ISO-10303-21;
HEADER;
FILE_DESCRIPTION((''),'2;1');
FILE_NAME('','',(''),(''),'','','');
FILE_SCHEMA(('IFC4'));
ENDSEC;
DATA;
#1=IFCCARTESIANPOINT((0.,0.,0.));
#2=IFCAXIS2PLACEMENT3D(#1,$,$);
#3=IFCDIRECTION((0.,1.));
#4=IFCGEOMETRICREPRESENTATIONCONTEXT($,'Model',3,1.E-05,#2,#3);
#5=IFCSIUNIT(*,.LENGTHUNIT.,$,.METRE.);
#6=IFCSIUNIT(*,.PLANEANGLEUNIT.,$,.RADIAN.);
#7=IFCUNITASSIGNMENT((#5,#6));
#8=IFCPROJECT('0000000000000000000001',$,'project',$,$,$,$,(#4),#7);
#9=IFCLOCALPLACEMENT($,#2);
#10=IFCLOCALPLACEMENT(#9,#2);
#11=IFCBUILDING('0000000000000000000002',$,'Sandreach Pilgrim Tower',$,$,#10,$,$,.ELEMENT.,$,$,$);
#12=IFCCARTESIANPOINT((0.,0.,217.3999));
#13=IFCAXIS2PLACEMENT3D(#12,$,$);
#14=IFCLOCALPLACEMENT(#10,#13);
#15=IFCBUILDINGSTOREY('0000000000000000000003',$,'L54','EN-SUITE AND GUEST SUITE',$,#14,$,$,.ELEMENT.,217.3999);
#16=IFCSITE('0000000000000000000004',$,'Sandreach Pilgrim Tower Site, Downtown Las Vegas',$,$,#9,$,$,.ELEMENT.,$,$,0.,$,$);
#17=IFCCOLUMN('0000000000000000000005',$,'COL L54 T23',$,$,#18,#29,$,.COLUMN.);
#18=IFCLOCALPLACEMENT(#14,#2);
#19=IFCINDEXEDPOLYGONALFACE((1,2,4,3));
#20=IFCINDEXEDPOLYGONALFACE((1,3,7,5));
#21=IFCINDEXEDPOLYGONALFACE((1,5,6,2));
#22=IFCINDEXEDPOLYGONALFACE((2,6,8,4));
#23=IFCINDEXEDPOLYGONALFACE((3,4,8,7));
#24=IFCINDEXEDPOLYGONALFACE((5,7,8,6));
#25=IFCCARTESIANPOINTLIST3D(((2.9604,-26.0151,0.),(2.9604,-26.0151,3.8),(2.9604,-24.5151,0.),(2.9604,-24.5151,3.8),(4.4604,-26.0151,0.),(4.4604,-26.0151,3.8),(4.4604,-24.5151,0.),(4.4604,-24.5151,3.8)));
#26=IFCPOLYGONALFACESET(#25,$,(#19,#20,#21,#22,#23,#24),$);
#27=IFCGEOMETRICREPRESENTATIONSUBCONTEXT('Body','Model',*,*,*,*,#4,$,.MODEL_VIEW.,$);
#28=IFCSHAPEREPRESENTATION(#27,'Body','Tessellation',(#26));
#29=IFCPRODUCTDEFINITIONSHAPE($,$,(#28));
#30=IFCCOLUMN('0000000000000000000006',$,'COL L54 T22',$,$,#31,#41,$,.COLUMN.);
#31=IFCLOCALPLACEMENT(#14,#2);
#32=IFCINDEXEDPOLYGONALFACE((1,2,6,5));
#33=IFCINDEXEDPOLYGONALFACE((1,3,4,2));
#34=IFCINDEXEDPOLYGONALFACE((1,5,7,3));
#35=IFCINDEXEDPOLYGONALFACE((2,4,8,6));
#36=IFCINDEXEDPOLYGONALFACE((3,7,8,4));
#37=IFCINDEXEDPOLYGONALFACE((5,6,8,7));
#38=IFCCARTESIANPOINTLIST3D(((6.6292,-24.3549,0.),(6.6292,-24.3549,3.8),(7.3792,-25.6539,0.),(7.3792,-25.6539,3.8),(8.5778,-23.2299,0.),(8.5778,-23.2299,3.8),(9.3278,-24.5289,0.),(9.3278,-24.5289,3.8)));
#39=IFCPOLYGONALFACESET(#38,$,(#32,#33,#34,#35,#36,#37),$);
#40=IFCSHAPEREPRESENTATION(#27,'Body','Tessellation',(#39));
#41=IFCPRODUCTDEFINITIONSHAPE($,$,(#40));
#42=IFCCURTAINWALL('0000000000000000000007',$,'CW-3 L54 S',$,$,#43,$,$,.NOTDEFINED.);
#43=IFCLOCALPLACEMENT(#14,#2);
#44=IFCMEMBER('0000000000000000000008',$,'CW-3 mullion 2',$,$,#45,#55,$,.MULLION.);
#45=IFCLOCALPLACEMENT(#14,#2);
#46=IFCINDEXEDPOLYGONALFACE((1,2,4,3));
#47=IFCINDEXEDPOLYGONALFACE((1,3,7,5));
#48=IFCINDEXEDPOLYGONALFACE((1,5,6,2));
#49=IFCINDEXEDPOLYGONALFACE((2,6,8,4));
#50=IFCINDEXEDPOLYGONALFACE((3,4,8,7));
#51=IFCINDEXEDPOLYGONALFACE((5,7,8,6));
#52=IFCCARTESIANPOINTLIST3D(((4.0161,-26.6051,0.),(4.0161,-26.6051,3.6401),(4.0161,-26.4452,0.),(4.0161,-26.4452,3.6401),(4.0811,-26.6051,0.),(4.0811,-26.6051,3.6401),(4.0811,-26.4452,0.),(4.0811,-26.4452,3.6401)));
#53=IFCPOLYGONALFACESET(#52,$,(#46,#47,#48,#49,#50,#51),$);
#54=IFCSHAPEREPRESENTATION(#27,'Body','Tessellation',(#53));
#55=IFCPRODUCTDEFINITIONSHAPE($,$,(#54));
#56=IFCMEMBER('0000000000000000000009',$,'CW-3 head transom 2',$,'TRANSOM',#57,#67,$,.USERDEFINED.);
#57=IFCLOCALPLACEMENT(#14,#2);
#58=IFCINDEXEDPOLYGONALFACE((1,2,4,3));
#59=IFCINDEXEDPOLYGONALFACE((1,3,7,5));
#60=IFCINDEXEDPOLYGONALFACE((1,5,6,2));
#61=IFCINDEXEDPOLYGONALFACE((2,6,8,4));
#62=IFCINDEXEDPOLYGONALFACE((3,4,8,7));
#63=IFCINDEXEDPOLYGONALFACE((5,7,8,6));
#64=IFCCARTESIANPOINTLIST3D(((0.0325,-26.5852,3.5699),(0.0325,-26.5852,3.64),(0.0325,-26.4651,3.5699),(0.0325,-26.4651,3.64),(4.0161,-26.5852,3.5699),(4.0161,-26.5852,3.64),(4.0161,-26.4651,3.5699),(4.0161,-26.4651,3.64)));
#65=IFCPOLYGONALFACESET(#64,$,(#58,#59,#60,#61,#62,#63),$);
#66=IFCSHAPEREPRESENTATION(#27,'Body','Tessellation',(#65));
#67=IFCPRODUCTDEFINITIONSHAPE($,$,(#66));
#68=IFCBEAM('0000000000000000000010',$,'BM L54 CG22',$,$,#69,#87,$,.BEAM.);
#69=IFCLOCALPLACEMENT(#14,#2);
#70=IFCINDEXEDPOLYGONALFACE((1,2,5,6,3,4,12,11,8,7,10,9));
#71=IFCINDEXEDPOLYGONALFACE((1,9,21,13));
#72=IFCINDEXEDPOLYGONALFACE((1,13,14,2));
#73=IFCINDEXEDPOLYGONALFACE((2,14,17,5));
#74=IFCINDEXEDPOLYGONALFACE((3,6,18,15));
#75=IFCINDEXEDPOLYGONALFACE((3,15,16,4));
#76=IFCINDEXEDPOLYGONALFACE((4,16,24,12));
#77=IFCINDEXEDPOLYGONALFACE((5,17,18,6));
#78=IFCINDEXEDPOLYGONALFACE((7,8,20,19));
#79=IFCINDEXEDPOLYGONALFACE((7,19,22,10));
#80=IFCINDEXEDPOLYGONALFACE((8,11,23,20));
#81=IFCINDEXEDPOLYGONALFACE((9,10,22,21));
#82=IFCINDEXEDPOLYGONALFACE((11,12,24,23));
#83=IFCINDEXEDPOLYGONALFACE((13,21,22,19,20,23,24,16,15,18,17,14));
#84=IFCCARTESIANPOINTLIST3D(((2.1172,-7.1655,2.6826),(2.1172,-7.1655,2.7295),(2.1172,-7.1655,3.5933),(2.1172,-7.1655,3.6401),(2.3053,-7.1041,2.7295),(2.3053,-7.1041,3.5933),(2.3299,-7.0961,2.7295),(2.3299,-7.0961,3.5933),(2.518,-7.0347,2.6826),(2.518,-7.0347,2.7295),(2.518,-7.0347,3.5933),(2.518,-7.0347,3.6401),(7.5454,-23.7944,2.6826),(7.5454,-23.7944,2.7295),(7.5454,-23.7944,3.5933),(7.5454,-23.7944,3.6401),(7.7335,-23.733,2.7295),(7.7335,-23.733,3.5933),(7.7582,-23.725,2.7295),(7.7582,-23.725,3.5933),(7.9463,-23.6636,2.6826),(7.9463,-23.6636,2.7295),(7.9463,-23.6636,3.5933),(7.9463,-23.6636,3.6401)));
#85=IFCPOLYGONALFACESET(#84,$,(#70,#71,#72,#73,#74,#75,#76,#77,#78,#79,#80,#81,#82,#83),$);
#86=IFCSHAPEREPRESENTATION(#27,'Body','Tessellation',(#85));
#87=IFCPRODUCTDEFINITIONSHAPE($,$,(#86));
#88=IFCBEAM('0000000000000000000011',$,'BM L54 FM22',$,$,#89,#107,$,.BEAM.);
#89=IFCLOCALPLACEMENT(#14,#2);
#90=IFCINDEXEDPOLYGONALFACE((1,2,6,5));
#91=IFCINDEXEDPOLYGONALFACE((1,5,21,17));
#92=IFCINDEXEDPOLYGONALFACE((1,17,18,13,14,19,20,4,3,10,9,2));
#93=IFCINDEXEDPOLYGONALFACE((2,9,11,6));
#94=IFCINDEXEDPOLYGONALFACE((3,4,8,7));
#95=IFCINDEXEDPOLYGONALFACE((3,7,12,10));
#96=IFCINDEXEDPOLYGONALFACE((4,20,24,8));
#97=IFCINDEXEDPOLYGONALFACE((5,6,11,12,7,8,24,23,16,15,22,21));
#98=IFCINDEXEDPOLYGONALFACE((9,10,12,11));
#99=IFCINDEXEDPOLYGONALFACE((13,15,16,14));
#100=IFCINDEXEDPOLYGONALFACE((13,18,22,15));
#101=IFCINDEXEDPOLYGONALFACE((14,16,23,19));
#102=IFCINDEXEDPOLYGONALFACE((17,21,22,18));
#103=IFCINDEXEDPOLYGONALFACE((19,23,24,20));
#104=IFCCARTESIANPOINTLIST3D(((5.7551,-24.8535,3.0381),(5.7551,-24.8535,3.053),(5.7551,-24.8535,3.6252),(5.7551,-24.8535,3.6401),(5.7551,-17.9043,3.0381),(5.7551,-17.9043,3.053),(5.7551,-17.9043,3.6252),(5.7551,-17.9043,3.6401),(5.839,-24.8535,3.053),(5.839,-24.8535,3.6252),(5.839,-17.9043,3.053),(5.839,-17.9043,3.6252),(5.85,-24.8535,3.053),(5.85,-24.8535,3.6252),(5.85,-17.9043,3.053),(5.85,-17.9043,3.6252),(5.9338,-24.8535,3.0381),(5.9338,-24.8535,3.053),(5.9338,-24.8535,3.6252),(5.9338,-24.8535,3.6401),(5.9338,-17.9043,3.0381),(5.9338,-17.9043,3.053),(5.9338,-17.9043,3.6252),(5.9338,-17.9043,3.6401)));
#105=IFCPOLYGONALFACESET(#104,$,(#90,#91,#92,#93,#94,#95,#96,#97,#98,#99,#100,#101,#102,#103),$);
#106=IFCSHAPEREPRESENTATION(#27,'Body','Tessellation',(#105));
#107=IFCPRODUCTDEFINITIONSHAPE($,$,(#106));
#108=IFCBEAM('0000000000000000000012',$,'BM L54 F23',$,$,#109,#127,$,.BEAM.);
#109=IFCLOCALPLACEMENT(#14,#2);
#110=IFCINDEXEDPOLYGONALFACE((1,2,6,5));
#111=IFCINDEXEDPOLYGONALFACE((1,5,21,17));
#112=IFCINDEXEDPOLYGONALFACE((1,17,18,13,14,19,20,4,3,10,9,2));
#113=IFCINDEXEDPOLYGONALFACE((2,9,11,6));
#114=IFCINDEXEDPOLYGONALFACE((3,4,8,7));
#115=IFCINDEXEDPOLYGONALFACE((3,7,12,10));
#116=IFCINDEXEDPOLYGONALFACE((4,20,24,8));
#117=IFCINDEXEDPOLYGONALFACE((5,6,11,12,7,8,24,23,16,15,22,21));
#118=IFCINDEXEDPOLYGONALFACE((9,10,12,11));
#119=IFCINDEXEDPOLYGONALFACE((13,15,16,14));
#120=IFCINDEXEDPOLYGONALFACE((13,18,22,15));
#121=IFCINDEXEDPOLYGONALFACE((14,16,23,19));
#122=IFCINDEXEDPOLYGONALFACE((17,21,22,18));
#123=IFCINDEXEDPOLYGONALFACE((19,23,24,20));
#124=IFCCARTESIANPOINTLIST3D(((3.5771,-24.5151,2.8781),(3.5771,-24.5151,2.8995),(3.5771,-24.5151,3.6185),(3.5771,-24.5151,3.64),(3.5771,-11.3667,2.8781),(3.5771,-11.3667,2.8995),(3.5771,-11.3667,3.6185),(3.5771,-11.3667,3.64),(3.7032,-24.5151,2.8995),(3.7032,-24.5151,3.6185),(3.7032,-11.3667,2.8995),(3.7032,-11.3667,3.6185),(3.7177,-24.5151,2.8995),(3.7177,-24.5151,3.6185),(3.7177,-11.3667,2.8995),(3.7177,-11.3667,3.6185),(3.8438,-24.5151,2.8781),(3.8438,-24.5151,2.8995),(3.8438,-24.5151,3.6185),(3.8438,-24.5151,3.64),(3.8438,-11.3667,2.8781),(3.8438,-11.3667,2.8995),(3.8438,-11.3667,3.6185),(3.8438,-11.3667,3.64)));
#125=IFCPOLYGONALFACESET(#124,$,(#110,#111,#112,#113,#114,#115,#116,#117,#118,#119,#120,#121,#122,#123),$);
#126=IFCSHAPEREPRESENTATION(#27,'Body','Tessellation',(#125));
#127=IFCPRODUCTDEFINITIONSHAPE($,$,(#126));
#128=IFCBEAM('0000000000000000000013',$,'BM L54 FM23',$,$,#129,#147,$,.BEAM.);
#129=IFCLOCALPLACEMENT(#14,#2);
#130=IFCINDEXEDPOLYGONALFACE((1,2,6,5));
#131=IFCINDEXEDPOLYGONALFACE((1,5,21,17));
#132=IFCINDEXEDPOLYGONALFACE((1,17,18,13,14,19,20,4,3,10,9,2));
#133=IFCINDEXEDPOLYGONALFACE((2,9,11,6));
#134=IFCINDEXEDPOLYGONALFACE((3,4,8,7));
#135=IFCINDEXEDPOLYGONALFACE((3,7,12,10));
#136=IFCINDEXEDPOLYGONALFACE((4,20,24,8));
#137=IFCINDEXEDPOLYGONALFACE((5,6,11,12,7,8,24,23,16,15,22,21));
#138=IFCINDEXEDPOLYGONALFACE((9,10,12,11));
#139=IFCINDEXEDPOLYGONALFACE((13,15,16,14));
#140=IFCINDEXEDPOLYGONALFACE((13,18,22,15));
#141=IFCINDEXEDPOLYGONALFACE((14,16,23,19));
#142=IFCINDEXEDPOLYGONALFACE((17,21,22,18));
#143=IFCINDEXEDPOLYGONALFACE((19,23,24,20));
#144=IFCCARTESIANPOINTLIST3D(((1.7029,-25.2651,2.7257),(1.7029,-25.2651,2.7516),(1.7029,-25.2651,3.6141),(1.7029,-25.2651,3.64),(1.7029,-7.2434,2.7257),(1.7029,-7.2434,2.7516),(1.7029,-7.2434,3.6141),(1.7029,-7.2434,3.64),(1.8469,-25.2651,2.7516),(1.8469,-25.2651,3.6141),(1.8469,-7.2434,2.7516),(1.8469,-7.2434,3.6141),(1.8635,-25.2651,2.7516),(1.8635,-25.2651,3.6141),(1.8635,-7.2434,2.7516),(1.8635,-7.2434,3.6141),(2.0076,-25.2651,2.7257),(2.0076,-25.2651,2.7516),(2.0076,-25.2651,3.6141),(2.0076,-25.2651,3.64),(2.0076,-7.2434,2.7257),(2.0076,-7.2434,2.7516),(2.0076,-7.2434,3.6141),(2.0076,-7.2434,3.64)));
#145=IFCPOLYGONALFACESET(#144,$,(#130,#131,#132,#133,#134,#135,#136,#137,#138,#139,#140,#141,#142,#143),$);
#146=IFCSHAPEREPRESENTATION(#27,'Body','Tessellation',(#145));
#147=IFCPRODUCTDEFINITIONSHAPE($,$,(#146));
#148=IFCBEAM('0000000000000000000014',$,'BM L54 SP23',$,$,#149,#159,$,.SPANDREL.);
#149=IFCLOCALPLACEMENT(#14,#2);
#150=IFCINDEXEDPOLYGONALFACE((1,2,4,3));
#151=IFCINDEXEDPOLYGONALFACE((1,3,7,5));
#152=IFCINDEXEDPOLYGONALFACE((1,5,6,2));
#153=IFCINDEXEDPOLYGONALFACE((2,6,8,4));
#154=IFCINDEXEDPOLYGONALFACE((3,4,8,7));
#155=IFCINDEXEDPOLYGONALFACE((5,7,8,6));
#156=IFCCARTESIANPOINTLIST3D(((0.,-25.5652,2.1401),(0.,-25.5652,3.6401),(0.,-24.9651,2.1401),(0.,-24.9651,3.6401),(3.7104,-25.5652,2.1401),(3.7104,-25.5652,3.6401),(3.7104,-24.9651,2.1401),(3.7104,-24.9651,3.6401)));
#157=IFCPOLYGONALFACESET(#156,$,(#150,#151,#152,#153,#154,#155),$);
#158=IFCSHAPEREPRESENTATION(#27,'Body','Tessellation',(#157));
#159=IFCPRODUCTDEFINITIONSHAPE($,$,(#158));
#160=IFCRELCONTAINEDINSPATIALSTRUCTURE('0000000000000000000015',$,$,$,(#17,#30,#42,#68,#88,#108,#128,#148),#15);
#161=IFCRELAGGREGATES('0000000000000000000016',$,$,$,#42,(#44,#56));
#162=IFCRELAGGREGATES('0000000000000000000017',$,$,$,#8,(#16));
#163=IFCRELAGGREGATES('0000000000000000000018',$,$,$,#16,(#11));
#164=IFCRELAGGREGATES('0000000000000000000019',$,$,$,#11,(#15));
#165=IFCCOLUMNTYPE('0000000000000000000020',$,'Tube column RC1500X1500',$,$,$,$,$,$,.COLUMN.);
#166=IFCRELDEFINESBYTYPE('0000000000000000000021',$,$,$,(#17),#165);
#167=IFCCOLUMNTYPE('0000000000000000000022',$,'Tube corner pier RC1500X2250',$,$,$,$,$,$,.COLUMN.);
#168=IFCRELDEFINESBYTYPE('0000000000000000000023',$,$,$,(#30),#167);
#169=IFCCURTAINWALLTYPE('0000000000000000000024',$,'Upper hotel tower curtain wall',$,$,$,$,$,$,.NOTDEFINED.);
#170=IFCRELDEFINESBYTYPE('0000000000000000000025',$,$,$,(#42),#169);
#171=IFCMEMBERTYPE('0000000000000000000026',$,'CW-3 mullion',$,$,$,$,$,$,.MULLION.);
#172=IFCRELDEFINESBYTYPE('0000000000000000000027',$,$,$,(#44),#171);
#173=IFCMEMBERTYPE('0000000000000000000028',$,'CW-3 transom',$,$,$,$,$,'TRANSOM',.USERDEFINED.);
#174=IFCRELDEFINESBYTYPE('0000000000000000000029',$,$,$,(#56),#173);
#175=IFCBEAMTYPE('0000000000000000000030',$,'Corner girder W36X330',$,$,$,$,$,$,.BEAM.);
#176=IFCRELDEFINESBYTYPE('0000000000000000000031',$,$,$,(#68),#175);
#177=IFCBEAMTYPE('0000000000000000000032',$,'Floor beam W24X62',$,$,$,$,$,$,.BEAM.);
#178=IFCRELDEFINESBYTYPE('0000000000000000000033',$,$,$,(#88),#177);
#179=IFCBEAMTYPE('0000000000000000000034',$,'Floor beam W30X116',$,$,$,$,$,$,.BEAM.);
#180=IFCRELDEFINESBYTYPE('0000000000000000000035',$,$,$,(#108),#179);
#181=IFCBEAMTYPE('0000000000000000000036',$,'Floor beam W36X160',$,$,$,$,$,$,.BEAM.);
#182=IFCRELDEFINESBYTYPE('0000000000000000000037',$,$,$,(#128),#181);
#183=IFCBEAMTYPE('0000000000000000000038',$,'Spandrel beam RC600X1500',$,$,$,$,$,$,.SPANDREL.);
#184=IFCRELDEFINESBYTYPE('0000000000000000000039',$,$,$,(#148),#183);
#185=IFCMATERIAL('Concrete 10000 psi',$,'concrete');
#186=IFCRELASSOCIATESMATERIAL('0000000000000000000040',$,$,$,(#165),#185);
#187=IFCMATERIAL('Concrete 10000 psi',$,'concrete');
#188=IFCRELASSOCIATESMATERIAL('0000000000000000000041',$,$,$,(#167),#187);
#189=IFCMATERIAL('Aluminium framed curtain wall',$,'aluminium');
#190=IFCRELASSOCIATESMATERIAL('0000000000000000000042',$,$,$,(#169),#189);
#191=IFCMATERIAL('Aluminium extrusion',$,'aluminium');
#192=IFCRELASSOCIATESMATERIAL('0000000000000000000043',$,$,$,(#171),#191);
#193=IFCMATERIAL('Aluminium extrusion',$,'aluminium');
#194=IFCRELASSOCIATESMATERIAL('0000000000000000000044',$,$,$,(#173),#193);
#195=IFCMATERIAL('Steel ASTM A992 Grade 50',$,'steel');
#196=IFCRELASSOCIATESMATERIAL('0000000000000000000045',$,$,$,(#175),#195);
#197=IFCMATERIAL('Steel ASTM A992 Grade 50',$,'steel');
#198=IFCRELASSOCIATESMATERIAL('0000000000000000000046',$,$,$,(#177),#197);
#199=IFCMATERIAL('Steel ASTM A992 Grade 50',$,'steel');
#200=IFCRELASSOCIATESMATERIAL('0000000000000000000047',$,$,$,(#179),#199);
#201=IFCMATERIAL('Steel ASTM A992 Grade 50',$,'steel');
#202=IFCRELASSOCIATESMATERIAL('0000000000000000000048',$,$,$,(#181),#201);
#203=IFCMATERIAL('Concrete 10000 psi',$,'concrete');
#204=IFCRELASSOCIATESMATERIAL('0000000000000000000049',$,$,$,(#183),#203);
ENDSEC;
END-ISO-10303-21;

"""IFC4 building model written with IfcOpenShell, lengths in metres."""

from ifc_helpers import new_model, si_unit, direction, frame, origin, origin_2d, place, context, subcontext, project, spatial, rectangle, i_section, extrude, material, material_profile, profile_set, type_object, element, aggregate, save


model = new_model("IFC4")

# Units and contexts
model_context = context("Model", 3, precision=1e-05, world=origin(), true_north=direction((0.0, 1.0)))
body_context = subcontext(model_context, "Body", "Model", "MODEL_VIEW")
ifc_project = project(units=[si_unit("LENGTHUNIT", "METRE"), si_unit("PLANEANGLEUNIT", "RADIAN")], contexts=[model_context])

# Site, building, storey
site_placement = place(None, origin())
site = spatial("IfcSite", under=ifc_project, at=site_placement, Name="Sandreach Pilgrim Tower Site, Downtown Las Vegas", CompositionType="ELEMENT", RefElevation=0.0)
building_placement = place(site_placement, origin())
building = spatial("IfcBuilding", under=site, at=building_placement, Name="Sandreach Pilgrim Tower", CompositionType="ELEMENT")
storey_placement = place(building_placement, frame((0.0, 0.0, 217.3999)))
storey = spatial("IfcBuildingStorey", under=building, at=storey_placement, Name="L54", Description="EN-SUITE AND GUEST SUITE", CompositionType="ELEMENT", Elevation=217.3999)

# Columns
ifc_material_1 = material(Name="Concrete 10000 psi", Category="concrete")
ifc_material_profile_1 = material_profile(ifc_material_1, rectangle(XDim=1.5, YDim=1.5, at=origin_2d()), Name="RC1500X1500")
ifc_profile_set_1 = profile_set([ifc_material_profile_1], Name="Concrete 10000 psi")
column_type_1 = type_object("IfcColumnType", Name="Tube column RC1500X1500", PredefinedType="COLUMN", material=ifc_profile_set_1)
column_1_placement = place(storey_placement, frame((3.7104, -25.2651, 0.0), z_axis=(0.0, 0.0, 1.0), x_axis=(0.0, -1.0, 0.0)))
element("IfcColumn", 1, at=column_1_placement, inside=storey, type_object=column_type_1, Name="COL L54 T23", PredefinedType="COLUMN", context=body_context, shape_type="SweptSolid", body=[
    extrude(rectangle(XDim=1.5, YDim=1.5, at=origin_2d()), origin(), (0.0, 0.0, 1.0), 3.8),
])
ifc_material_2 = material(Name="Concrete 10000 psi", Category="concrete")
ifc_material_profile_2 = material_profile(ifc_material_2, rectangle(XDim=1.5, YDim=2.25, at=origin_2d()), Name="RC1500X2250")
ifc_profile_set_2 = profile_set([ifc_material_profile_2], Name="Concrete 10000 psi")
column_type_2 = type_object("IfcColumnType", Name="Tube corner pier RC1500X2250", PredefinedType="COLUMN", material=ifc_profile_set_2)
column_2_placement = place(storey_placement, frame((7.9785, -24.4419, 0.0), z_axis=(0.0, 0.0, 1.0), x_axis=(0.5, -0.866025, 0.0)))
element("IfcColumn", 2, at=column_2_placement, inside=storey, type_object=column_type_2, Name="COL L54 T22", PredefinedType="COLUMN", context=body_context, shape_type="SweptSolid", body=[
    extrude(rectangle(XDim=1.5, YDim=2.25, at=origin_2d()), origin(), (0.0, 0.0, 1.0), 3.8),
])

# Curtain wall, members
ifc_material_3 = material(Name="Aluminium framed curtain wall", Category="aluminium")
curtain_wall_type = type_object("IfcCurtainWallType", Name="Upper hotel tower curtain wall", PredefinedType="NOTDEFINED", material=ifc_material_3)
curtain_wall_placement = place(storey_placement, origin())
curtain_wall = element("IfcCurtainWall", 3, at=curtain_wall_placement, inside=storey, type_object=curtain_wall_type, Name="CW-3 L54 S", PredefinedType="NOTDEFINED")
ifc_material_4 = material(Name="Aluminium extrusion", Category="aluminium")
ifc_material_profile_3 = material_profile(ifc_material_4, rectangle(XDim=0.0649, YDim=0.1599, at=origin_2d()), Name="CW-3M 65X160")
ifc_profile_set_3 = profile_set([ifc_material_profile_3], Name="Aluminium extrusion")
member_type_1 = type_object("IfcMemberType", Name="CW-3 mullion", PredefinedType="MULLION", material=ifc_profile_set_3)
member_1_placement = place(storey_placement, frame((4.0486, -26.5251, 0.0), z_axis=(0.0, 0.0, 1.0), x_axis=(-1.0, 0.0, 0.0)))
member_1 = element("IfcMember", 4, at=member_1_placement, type_object=member_type_1, Name="CW-3 mullion 2", PredefinedType="MULLION", context=body_context, shape_type="SweptSolid", body=[
    extrude(rectangle(XDim=0.0649, YDim=0.1599, at=origin_2d()), origin(), (0.0, 0.0, 1.0), 3.6401),
])
ifc_material_5 = material(Name="Aluminium extrusion", Category="aluminium")
ifc_material_profile_4 = material_profile(ifc_material_5, rectangle(XDim=0.1201, YDim=0.0701, at=origin_2d()), Name="CW-3T 120X70")
ifc_profile_set_4 = profile_set([ifc_material_profile_4], Name="Aluminium extrusion")
member_type_2 = type_object("IfcMemberType", Name="CW-3 transom", ElementType="TRANSOM", PredefinedType="USERDEFINED", material=ifc_profile_set_4)
member_2_placement = place(storey_placement, frame((4.0161, -26.5251, 3.605), z_axis=(-1.0, 0.0, 0.0), x_axis=(0.0, -1.0, 0.0)))
member_2 = element("IfcMember", 5, at=member_2_placement, type_object=member_type_2, Name="CW-3 head transom 2", ObjectType="TRANSOM", PredefinedType="USERDEFINED", context=body_context, shape_type="SweptSolid", body=[
    extrude(rectangle(XDim=0.1201, YDim=0.0701, at=origin_2d()), origin(), (0.0, 0.0, 1.0), 3.9836),
])

# Beams
ifc_material_6 = material(Name="Steel ASTM A992 Grade 50", Category="steel")
ifc_material_profile_5 = material_profile(ifc_material_6, i_section(OverallWidth=0.4216, OverallDepth=0.9575, WebThickness=0.0259, FlangeThickness=0.0469, at=origin_2d()), Name="W36X330")
ifc_profile_set_5 = profile_set([ifc_material_profile_5], Name="Steel ASTM A992 Grade 50")
beam_type_1 = type_object("IfcBeamType", Name="Corner girder W36X330", PredefinedType="BEAM", material=ifc_profile_set_5)
beam_1_placement = place(storey_placement, frame((7.7458, -23.729, 3.1614), z_axis=(-0.310318, 0.950633, 0.0), x_axis=(-0.950633, -0.310318, 0.0)))
element("IfcBeam", 6, at=beam_1_placement, inside=storey, type_object=beam_type_1, Name="BM L54 CG22", PredefinedType="BEAM", context=body_context, shape_type="SweptSolid", body=[
    extrude(i_section(OverallWidth=0.4216, OverallDepth=0.9575, WebThickness=0.0259, FlangeThickness=0.0469, at=origin_2d()), origin(), (0.0, 0.0, 1.0), 17.4924),
])
ifc_material_7 = material(Name="Steel ASTM A992 Grade 50", Category="steel")
ifc_material_profile_6 = material_profile(ifc_material_7, i_section(OverallWidth=0.1787, OverallDepth=0.6021, WebThickness=0.011, FlangeThickness=0.0149, at=origin_2d()), Name="W24X62")
ifc_profile_set_6 = profile_set([ifc_material_profile_6], Name="Steel ASTM A992 Grade 50")
beam_type_2 = type_object("IfcBeamType", Name="Floor beam W24X62", PredefinedType="BEAM", material=ifc_profile_set_6)
beam_2_placement = place(storey_placement, frame((5.8445, -24.8535, 3.3391), z_axis=(0.0, 1.0, 0.0), x_axis=(-1.0, 0.0, 0.0)))
element("IfcBeam", 7, at=beam_2_placement, inside=storey, type_object=beam_type_2, Name="BM L54 FM22", PredefinedType="BEAM", context=body_context, shape_type="SweptSolid", body=[
    extrude(i_section(OverallWidth=0.1787, OverallDepth=0.6021, WebThickness=0.011, FlangeThickness=0.0149, at=origin_2d()), origin(), (0.0, 0.0, 1.0), 6.9492),
])
ifc_material_8 = material(Name="Steel ASTM A992 Grade 50", Category="steel")
ifc_material_profile_7 = material_profile(ifc_material_8, i_section(OverallWidth=0.2666, OverallDepth=0.762, WebThickness=0.0144, FlangeThickness=0.0215, at=origin_2d()), Name="W30X116")
ifc_profile_set_7 = profile_set([ifc_material_profile_7], Name="Steel ASTM A992 Grade 50")
beam_type_3 = type_object("IfcBeamType", Name="Floor beam W30X116", PredefinedType="BEAM", material=ifc_profile_set_7)
beam_3_placement = place(storey_placement, frame((3.7104, -24.5151, 3.259), z_axis=(0.0, 1.0, 0.0), x_axis=(-1.0, 0.0, 0.0)))
element("IfcBeam", 8, at=beam_3_placement, inside=storey, type_object=beam_type_3, Name="BM L54 F23", PredefinedType="BEAM", context=body_context, shape_type="SweptSolid", body=[
    extrude(i_section(OverallWidth=0.2666, OverallDepth=0.762, WebThickness=0.0144, FlangeThickness=0.0215, at=origin_2d()), origin(), (0.0, 0.0, 1.0), 13.1484),
])
ifc_material_9 = material(Name="Steel ASTM A992 Grade 50", Category="steel")
ifc_material_profile_8 = material_profile(ifc_material_9, i_section(OverallWidth=0.3047, OverallDepth=0.9143, WebThickness=0.0166, FlangeThickness=0.0259, at=origin_2d()), Name="W36X160")
ifc_profile_set_8 = profile_set([ifc_material_profile_8], Name="Steel ASTM A992 Grade 50")
beam_type_4 = type_object("IfcBeamType", Name="Floor beam W36X160", PredefinedType="BEAM", material=ifc_profile_set_8)
beam_4_placement = place(storey_placement, frame((1.8552, -25.2651, 3.1829), z_axis=(0.0, 1.0, 0.0), x_axis=(-1.0, 0.0, 0.0)))
element("IfcBeam", 9, at=beam_4_placement, inside=storey, type_object=beam_type_4, Name="BM L54 FM23", PredefinedType="BEAM", context=body_context, shape_type="SweptSolid", body=[
    extrude(i_section(OverallWidth=0.3047, OverallDepth=0.9143, WebThickness=0.0166, FlangeThickness=0.0259, at=origin_2d()), origin(), (0.0, 0.0, 1.0), 18.0217),
])
ifc_material_10 = material(Name="Concrete 10000 psi", Category="concrete")
ifc_material_profile_9 = material_profile(ifc_material_10, rectangle(XDim=0.6001, YDim=1.5, at=origin_2d()), Name="RC600X1500")
ifc_profile_set_9 = profile_set([ifc_material_profile_9], Name="Concrete 10000 psi")
beam_type_5 = type_object("IfcBeamType", Name="Spandrel beam RC600X1500", PredefinedType="SPANDREL", material=ifc_profile_set_9)
beam_5_placement = place(storey_placement, frame((3.7104, -25.2651, 2.8901), z_axis=(-1.0, 0.0, 0.0), x_axis=(0.0, -1.0, 0.0)))
element("IfcBeam", 10, at=beam_5_placement, inside=storey, type_object=beam_type_5, Name="BM L54 SP23", PredefinedType="SPANDREL", context=body_context, shape_type="SweptSolid", body=[
    extrude(rectangle(XDim=0.6001, YDim=1.5, at=origin_2d()), origin(), (0.0, 0.0, 1.0), 3.7104),
])

aggregate(curtain_wall, [member_1, member_2])

save(model, "model.ifc")
